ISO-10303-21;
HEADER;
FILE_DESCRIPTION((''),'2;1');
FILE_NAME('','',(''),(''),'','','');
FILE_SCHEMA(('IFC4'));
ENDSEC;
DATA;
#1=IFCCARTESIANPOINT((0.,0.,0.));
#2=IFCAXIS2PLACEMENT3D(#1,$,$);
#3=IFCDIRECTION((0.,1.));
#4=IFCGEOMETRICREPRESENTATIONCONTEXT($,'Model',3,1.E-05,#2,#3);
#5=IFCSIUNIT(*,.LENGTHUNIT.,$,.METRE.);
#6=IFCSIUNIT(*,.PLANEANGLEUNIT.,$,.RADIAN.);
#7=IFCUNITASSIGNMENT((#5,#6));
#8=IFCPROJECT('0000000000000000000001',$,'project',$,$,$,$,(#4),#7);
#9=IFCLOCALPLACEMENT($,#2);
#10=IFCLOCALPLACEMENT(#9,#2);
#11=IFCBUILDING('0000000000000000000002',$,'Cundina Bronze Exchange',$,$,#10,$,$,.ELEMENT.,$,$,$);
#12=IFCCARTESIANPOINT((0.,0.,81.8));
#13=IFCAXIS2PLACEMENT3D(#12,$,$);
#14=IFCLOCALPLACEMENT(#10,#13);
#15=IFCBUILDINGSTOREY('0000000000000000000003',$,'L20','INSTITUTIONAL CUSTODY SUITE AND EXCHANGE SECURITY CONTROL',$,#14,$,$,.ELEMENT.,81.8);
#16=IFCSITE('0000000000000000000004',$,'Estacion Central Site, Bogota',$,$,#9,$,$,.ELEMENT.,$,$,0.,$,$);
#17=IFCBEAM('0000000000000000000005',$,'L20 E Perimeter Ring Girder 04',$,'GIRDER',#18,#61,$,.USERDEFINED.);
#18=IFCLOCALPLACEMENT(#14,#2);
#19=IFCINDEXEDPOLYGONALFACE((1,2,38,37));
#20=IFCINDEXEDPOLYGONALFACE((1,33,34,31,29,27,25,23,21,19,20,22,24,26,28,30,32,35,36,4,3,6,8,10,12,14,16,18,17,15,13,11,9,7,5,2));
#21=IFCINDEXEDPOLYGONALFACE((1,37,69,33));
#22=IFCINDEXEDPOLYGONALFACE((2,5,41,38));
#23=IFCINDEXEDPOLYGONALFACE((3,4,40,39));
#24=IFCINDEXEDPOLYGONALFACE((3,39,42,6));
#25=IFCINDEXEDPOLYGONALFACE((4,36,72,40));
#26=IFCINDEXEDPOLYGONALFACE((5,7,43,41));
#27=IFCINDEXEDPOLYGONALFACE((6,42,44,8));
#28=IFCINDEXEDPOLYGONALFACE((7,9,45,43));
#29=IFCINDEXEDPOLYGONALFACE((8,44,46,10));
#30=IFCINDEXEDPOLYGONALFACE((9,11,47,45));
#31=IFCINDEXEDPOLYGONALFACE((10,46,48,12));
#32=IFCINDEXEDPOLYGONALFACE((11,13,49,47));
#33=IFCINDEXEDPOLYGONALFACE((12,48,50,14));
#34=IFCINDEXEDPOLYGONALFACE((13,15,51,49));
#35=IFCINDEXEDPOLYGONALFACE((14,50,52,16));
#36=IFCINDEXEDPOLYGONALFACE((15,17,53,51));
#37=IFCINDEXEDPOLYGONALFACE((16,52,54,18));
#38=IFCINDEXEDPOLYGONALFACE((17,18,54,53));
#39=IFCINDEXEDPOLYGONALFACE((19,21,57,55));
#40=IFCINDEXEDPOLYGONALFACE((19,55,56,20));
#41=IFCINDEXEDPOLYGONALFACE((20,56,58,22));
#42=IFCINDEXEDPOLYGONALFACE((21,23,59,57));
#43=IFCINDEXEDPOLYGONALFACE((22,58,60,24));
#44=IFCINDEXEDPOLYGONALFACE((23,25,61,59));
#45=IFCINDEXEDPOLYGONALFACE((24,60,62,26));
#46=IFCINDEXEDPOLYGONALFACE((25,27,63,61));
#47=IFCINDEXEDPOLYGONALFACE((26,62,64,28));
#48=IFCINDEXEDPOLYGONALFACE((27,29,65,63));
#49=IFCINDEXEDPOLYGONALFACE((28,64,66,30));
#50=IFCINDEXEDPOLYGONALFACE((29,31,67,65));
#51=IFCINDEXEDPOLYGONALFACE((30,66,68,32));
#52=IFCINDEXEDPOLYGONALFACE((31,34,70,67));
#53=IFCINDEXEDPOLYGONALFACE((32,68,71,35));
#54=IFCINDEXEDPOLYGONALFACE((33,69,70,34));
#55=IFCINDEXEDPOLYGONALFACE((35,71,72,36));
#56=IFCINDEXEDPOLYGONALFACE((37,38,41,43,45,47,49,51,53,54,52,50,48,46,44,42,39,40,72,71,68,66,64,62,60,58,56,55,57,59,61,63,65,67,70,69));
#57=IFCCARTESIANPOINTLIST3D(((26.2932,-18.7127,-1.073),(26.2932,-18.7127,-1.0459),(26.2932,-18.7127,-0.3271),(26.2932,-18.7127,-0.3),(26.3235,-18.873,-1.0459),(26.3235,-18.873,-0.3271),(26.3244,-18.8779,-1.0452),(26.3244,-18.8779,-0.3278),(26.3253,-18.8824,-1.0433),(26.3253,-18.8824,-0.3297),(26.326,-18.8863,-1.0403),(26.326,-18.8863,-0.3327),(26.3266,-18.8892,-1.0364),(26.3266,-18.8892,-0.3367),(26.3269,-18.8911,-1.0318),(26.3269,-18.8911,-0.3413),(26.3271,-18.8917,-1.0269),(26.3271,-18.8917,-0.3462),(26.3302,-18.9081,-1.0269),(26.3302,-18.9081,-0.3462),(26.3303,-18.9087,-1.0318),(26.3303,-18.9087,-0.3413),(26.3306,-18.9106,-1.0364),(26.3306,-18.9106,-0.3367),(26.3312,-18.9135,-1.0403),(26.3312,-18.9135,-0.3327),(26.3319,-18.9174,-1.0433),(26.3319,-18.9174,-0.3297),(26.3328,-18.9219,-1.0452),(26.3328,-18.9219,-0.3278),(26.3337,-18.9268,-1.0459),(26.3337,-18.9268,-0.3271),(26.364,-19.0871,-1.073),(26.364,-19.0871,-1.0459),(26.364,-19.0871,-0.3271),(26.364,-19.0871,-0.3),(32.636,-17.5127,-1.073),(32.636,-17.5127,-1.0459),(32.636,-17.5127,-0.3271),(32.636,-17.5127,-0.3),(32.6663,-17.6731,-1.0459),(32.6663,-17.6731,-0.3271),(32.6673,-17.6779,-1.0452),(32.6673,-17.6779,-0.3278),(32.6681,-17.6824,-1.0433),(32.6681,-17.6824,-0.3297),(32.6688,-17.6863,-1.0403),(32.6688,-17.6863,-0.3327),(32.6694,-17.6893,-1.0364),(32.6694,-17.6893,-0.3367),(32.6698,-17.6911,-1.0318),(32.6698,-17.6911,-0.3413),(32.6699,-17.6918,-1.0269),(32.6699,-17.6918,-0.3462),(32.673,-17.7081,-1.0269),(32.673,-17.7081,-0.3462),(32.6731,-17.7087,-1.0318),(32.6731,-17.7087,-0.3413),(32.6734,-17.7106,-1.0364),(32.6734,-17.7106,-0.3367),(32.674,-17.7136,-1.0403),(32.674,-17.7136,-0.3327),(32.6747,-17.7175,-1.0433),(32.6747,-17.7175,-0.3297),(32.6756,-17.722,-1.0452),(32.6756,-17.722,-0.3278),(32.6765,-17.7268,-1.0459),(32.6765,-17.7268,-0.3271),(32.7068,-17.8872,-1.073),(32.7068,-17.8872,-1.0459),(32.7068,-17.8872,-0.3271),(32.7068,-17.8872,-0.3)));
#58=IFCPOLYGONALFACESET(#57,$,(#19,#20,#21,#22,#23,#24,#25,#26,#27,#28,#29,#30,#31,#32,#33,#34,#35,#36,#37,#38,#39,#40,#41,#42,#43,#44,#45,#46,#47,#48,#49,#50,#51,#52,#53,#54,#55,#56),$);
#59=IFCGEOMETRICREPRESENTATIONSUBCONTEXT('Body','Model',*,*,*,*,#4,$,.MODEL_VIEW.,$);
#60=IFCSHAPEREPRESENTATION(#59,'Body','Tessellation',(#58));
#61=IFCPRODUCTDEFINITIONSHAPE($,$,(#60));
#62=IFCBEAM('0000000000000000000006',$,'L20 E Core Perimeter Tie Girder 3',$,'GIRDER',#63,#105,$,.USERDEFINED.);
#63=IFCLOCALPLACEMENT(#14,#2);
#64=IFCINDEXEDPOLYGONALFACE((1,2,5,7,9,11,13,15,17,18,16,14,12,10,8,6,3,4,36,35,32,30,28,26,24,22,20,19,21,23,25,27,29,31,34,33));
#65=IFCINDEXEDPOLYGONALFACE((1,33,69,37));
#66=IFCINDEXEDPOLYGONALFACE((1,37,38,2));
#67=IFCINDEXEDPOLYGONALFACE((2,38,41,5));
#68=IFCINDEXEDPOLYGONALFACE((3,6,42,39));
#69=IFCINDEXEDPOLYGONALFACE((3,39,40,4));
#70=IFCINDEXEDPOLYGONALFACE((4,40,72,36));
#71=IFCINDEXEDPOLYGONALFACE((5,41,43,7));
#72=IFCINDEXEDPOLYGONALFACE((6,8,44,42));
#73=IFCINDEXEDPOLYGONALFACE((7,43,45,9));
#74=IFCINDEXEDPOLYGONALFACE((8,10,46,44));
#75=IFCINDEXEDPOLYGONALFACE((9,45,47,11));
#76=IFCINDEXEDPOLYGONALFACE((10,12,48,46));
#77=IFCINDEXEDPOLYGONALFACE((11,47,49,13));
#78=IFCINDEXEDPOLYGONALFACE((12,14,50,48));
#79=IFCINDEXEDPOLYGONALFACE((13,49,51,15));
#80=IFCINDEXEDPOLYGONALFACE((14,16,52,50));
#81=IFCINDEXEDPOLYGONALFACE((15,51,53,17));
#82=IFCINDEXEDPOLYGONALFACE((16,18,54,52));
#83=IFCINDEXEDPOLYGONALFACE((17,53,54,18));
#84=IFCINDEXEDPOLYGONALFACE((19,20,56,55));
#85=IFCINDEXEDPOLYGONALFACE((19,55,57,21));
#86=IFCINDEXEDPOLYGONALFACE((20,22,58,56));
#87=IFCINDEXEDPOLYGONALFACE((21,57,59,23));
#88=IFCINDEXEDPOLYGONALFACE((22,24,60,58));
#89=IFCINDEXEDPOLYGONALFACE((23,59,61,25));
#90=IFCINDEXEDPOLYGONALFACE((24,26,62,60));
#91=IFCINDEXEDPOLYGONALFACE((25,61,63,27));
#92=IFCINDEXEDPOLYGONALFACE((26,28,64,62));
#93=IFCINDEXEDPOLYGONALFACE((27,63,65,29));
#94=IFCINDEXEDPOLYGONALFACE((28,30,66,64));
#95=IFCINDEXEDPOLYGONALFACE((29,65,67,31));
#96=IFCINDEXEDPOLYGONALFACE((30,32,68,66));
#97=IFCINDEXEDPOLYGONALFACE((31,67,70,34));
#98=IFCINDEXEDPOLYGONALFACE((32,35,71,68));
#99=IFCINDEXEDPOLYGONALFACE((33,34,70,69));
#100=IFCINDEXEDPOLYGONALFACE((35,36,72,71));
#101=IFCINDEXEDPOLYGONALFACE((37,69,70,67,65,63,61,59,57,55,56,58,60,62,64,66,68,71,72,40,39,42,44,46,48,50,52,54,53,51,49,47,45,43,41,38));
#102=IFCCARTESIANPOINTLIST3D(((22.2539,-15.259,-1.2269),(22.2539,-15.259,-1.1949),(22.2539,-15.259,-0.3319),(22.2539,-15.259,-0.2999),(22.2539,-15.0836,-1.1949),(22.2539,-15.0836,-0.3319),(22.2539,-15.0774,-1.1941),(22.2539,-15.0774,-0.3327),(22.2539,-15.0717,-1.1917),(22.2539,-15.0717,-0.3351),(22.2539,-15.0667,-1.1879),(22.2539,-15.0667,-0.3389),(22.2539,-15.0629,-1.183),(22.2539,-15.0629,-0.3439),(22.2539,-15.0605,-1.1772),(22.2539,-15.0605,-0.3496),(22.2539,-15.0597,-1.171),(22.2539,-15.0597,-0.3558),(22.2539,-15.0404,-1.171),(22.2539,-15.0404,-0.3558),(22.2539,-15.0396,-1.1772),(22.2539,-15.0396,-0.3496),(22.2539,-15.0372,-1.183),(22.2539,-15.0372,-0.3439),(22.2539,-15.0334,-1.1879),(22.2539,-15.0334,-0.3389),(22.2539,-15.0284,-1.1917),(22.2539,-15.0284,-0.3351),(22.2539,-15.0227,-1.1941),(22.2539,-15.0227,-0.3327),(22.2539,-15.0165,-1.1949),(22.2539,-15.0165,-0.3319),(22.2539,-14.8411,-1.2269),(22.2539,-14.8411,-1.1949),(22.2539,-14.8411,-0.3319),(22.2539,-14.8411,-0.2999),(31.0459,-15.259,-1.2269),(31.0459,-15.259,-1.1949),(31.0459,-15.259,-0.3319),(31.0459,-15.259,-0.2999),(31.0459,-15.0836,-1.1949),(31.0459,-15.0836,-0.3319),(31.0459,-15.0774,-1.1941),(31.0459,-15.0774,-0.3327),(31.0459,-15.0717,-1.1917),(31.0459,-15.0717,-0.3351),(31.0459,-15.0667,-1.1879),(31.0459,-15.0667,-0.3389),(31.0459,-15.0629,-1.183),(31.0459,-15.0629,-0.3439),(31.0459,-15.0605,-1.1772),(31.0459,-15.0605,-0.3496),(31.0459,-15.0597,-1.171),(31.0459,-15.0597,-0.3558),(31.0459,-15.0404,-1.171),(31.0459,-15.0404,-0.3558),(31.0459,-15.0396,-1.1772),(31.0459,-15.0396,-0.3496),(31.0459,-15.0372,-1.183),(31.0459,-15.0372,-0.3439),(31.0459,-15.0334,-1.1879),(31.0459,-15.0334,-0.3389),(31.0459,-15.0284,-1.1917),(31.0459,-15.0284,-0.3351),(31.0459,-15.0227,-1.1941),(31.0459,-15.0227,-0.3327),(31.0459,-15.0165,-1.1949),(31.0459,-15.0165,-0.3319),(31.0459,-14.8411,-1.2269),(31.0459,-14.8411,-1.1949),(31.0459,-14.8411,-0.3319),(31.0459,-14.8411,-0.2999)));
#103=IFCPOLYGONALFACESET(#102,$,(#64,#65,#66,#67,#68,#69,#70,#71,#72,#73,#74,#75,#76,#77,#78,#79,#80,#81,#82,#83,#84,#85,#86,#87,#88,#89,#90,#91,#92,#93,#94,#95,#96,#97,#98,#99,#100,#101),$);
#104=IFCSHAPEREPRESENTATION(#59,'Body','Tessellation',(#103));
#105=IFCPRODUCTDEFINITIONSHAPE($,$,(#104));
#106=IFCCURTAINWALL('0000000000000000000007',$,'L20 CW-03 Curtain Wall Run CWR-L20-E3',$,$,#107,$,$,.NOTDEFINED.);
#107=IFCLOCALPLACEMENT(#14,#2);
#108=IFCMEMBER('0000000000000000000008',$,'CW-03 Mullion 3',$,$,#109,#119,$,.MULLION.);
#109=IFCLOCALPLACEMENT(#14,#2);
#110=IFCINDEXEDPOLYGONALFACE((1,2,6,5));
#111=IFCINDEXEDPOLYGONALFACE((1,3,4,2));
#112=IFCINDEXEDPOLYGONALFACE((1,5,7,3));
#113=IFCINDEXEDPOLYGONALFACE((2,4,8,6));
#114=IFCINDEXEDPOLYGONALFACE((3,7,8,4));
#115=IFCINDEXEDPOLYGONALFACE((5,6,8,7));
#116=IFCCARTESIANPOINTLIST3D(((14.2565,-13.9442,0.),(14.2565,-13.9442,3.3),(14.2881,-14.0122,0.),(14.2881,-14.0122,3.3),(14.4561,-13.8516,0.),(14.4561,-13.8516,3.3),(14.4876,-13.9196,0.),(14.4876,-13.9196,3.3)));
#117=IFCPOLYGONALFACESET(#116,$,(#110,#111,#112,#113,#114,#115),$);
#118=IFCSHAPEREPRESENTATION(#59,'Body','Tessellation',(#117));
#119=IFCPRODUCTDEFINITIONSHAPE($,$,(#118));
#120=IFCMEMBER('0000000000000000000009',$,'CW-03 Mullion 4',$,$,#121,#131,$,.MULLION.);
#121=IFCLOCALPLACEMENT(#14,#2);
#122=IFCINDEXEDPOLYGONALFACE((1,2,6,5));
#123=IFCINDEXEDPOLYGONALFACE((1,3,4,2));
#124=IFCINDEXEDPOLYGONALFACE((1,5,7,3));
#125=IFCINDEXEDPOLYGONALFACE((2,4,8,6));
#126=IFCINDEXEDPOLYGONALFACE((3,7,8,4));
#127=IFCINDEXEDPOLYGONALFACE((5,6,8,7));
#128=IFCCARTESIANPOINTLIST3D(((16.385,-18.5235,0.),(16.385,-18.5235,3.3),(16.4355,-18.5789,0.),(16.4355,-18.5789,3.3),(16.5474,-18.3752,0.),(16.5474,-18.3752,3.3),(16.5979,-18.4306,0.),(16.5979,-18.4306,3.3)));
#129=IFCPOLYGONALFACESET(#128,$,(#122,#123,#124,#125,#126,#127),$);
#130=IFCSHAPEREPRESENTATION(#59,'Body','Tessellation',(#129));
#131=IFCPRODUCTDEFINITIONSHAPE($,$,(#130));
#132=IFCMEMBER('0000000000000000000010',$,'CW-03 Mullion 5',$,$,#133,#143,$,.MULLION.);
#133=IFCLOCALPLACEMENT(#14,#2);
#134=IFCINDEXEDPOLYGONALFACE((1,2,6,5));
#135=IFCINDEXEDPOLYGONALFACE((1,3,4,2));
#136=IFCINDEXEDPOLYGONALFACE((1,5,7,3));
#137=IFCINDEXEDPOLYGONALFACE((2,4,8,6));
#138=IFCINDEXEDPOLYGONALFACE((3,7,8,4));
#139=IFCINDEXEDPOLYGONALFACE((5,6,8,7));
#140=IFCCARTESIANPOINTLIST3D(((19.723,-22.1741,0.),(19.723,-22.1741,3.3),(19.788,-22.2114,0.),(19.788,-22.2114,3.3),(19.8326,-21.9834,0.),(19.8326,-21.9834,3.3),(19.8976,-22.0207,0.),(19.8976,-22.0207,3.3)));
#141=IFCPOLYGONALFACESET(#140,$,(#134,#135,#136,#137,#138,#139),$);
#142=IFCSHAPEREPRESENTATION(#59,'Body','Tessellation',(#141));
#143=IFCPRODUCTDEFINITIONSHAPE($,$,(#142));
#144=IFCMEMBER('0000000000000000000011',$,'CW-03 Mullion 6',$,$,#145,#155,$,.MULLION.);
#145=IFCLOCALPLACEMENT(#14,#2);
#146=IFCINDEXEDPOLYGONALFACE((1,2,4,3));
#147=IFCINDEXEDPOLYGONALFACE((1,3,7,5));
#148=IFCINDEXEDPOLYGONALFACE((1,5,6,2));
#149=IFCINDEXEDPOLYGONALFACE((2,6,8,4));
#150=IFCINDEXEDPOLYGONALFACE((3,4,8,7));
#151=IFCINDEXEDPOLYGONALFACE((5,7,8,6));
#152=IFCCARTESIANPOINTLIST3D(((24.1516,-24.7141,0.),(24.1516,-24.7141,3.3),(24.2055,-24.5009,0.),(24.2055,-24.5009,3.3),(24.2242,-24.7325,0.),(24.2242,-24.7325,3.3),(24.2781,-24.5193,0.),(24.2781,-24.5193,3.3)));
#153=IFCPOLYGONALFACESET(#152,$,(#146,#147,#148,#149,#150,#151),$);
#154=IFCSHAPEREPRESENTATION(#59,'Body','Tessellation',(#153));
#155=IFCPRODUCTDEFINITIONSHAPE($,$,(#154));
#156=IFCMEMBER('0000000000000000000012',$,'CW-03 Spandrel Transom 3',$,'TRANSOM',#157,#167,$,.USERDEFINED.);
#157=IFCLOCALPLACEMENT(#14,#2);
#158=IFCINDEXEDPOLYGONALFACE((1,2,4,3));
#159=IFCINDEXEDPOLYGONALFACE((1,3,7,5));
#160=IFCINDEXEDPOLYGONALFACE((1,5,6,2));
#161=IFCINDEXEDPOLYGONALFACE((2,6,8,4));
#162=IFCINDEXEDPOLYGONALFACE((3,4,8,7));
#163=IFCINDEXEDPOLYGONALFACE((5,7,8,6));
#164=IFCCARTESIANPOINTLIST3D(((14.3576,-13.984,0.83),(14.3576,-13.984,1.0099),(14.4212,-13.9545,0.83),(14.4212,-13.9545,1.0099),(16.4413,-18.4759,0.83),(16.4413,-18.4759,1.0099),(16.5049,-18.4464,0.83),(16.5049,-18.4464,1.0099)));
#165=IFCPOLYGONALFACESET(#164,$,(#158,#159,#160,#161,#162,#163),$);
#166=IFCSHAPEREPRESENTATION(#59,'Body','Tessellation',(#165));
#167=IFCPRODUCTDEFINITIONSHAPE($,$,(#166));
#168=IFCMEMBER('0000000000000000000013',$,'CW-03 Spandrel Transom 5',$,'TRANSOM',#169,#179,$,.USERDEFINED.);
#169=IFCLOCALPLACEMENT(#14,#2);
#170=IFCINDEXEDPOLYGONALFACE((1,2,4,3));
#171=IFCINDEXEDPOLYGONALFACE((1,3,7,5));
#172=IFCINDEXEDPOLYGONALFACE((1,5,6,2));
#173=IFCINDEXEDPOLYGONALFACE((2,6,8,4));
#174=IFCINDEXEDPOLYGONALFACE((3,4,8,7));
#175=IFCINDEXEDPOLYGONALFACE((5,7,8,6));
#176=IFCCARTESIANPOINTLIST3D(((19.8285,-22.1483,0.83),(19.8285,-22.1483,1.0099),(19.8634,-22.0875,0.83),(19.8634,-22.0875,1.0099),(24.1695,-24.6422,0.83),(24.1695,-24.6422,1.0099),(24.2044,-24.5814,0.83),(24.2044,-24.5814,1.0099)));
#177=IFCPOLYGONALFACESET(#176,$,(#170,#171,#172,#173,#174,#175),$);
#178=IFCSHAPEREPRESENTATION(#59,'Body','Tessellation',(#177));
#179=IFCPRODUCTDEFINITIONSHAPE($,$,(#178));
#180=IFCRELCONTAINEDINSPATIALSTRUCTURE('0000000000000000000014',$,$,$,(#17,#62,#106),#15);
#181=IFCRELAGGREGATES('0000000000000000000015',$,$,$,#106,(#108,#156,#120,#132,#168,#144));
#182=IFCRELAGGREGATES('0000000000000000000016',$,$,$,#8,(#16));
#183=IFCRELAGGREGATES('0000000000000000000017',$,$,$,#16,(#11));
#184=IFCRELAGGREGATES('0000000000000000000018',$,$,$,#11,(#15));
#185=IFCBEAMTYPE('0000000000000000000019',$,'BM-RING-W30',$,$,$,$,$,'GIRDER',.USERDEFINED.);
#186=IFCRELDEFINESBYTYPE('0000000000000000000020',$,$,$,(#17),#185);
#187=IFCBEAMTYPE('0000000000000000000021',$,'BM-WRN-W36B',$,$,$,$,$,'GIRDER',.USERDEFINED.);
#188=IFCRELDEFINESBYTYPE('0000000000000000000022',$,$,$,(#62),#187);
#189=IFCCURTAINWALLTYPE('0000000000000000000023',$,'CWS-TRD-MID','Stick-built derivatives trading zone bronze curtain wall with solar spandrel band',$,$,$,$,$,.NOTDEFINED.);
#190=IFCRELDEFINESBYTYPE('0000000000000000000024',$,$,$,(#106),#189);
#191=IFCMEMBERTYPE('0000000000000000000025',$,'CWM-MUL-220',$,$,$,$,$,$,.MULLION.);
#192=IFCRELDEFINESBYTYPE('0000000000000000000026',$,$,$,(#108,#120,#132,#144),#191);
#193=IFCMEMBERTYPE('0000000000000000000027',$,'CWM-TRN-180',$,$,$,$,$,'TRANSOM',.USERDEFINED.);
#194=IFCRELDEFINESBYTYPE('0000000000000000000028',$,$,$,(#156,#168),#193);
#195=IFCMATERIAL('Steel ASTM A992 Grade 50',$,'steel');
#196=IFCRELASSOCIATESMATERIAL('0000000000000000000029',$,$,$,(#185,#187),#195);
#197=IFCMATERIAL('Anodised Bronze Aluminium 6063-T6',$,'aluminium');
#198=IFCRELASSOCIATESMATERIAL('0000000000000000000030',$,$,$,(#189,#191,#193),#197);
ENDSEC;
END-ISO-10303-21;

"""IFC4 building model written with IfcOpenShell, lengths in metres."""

from ifc_helpers import new_model, si_unit, direction, frame, origin, origin_2d, place, context, subcontext, project, spatial, rectangle, i_section, extrude, material, material_profile, profile_set, type_object, element, aggregate, save


model = new_model("IFC4")

# Units and contexts
model_context = context("Model", 3, precision=1e-05, world=origin(), true_north=direction((0.0, 1.0)))
body_context = subcontext(model_context, "Body", "Model", "MODEL_VIEW")
ifc_project = project(units=[si_unit("LENGTHUNIT", "METRE"), si_unit("PLANEANGLEUNIT", "RADIAN")], contexts=[model_context])

# Site, building, storey
site_placement = place(None, origin())
site = spatial("IfcSite", under=ifc_project, at=site_placement, Name="Estacion Central Site, Bogota", CompositionType="ELEMENT", RefElevation=0.0)
building_placement = place(site_placement, origin())
building = spatial("IfcBuilding", under=site, at=building_placement, Name="Cundina Bronze Exchange", CompositionType="ELEMENT")
storey_placement = place(building_placement, frame((0.0, 0.0, 81.8)))
storey = spatial("IfcBuildingStorey", under=building, at=storey_placement, Name="L20", Description="INSTITUTIONAL CUSTODY SUITE AND EXCHANGE SECURITY CONTROL", CompositionType="ELEMENT", Elevation=81.8)

# Shared definitions
ifc_material_1 = material(Name="Steel ASTM A992 Grade 50", Category="steel")

# Beams
ifc_material_profile_1 = material_profile(ifc_material_1, i_section(OverallWidth=0.3811, OverallDepth=0.7729, WebThickness=0.0166, FlangeThickness=0.0271, FilletRadius=0.019, at=origin_2d()), Name="W30X173", Category="steel")
ifc_profile_set_1 = profile_set([ifc_material_profile_1], Name="Steel ASTM A992 Grade 50")
beam_type_1 = type_object("IfcBeamType", Name="BM-RING-W30", ElementType="GIRDER", PredefinedType="USERDEFINED", material=ifc_profile_set_1)
beam_1_placement = place(storey_placement, frame((26.3286, -18.8999, -0.6865), z_axis=(0.982571, 0.185887, 0.0), x_axis=(-0.185887, 0.982571, 0.0)))
element("IfcBeam", 1, at=beam_1_placement, inside=storey, type_object=beam_type_1, Name="L20 E Perimeter Ring Girder 04", ObjectType="GIRDER", PredefinedType="USERDEFINED", context=body_context, shape_type="SweptSolid", body=[
    extrude(i_section(OverallWidth=0.3811, OverallDepth=0.7729, WebThickness=0.0166, FlangeThickness=0.0271, FilletRadius=0.019, at=origin_2d()), origin(), (0.0, 0.0, 1.0), 6.4553),
])
ifc_material_profile_2 = material_profile(ifc_material_1, i_section(OverallWidth=0.418, OverallDepth=0.927, WebThickness=0.0193, FlangeThickness=0.032, FilletRadius=0.0239, at=origin_2d()), Name="W36X231", Category="steel")
ifc_profile_set_2 = profile_set([ifc_material_profile_2], Name="Steel ASTM A992 Grade 50")
beam_type_2 = type_object("IfcBeamType", Name="BM-WRN-W36B", ElementType="GIRDER", PredefinedType="USERDEFINED", material=ifc_profile_set_2)
beam_2_placement = place(storey_placement, frame((22.2539, -15.05, -0.7634), z_axis=(1.0, 0.0, 0.0), x_axis=(0.0, 1.0, 0.0)))
element("IfcBeam", 2, at=beam_2_placement, inside=storey, type_object=beam_type_2, Name="L20 E Core Perimeter Tie Girder 3", ObjectType="GIRDER", PredefinedType="USERDEFINED", context=body_context, shape_type="SweptSolid", body=[
    extrude(i_section(OverallWidth=0.418, OverallDepth=0.927, WebThickness=0.0193, FlangeThickness=0.032, FilletRadius=0.0239, at=origin_2d()), origin(), (0.0, 0.0, 1.0), 8.792),
])

# Curtain wall, members
ifc_material_2 = material(Name="Anodised Bronze Aluminium 6063-T6", Category="aluminium")
curtain_wall_type = type_object("IfcCurtainWallType", Name="CWS-TRD-MID", Description="Stick-built derivatives trading zone bronze curtain wall with solar spandrel band", PredefinedType="NOTDEFINED", material=ifc_material_2)
curtain_wall_placement = place(storey_placement, origin())
curtain_wall = element("IfcCurtainWall", 3, at=curtain_wall_placement, inside=storey, type_object=curtain_wall_type, Name="L20 CW-03 Curtain Wall Run CWR-L20-E3", PredefinedType="NOTDEFINED")
ifc_material_profile_3 = material_profile(ifc_material_2, rectangle(XDim=0.075, YDim=0.22, at=origin_2d()), Name="AL75X220", Category="aluminium")
ifc_profile_set_3 = profile_set([ifc_material_profile_3], Name="Anodised Bronze Aluminium 6063-T6")
member_type_1 = type_object("IfcMemberType", Name="CWM-MUL-220", PredefinedType="MULLION", material=ifc_profile_set_3)
member_1_placement = place(storey_placement, frame((14.3721, -13.9319, 0.0), z_axis=(0.0, 0.0, 1.0), x_axis=(0.420877, -0.907117, 0.0)))
member_1 = element("IfcMember", 4, at=member_1_placement, type_object=member_type_1, Name="CW-03 Mullion 3", PredefinedType="MULLION", context=body_context, shape_type="SweptSolid", body=[
    extrude(rectangle(XDim=0.075, YDim=0.22, at=origin_2d()), origin(), (0.0, 0.0, 1.0), 3.3),
])
member_2_placement = place(storey_placement, frame((16.4915, -18.4771, 0.0), z_axis=(0.0, 0.0, 1.0), x_axis=(0.674302, -0.738455, 0.0)))
member_2 = element("IfcMember", 5, at=member_2_placement, type_object=member_type_1, Name="CW-03 Mullion 4", PredefinedType="MULLION", context=body_context, shape_type="SweptSolid", body=[
    extrude(rectangle(XDim=0.075, YDim=0.22, at=origin_2d()), origin(), (0.0, 0.0, 1.0), 3.3),
])
member_3_placement = place(storey_placement, frame((19.8103, -22.0974, 0.0), z_axis=(0.0, 0.0, 1.0), x_axis=(0.867071, -0.498185, 0.0)))
member_3 = element("IfcMember", 6, at=member_3_placement, type_object=member_type_1, Name="CW-03 Mullion 5", PredefinedType="MULLION", context=body_context, shape_type="SweptSolid", body=[
    extrude(rectangle(XDim=0.075, YDim=0.22, at=origin_2d()), origin(), (0.0, 0.0, 1.0), 3.3),
])
member_4_placement = place(storey_placement, frame((24.2148, -24.6167, 0.0), z_axis=(0.0, 0.0, 1.0), x_axis=(0.969488, -0.245138, 0.0)))
member_4 = element("IfcMember", 7, at=member_4_placement, type_object=member_type_1, Name="CW-03 Mullion 6", PredefinedType="MULLION", context=body_context, shape_type="SweptSolid", body=[
    extrude(rectangle(XDim=0.075, YDim=0.22, at=origin_2d()), origin(), (0.0, 0.0, 1.0), 3.3),
])
ifc_material_profile_4 = material_profile(ifc_material_2, rectangle(XDim=0.0701, YDim=0.1799, at=origin_2d()), Name="AL70X180", Category="aluminium")
ifc_profile_set_4 = profile_set([ifc_material_profile_4], Name="Anodised Bronze Aluminium 6063-T6")
member_type_2 = type_object("IfcMemberType", Name="CWM-TRN-180", ElementType="TRANSOM", PredefinedType="USERDEFINED", material=ifc_profile_set_4)
member_5_placement = place(storey_placement, frame((14.3894, -13.9692, 0.9199), z_axis=(0.420811, -0.907148, 0.0), x_axis=(0.907148, 0.420811, 0.0)))
member_5 = element("IfcMember", 8, at=member_5_placement, type_object=member_type_2, Name="CW-03 Spandrel Transom 3", ObjectType="TRANSOM", PredefinedType="USERDEFINED", context=body_context, shape_type="SweptSolid", body=[
    extrude(rectangle(XDim=0.0701, YDim=0.1799, at=origin_2d()), origin(), (0.0, 0.0, 1.0), 4.9517),
])
member_6_placement = place(storey_placement, frame((19.8459, -22.1179, 0.9199), z_axis=(0.867097, -0.498139, 0.0), x_axis=(0.498139, 0.867097, 0.0)))
member_6 = element("IfcMember", 9, at=member_6_placement, type_object=member_type_2, Name="CW-03 Spandrel Transom 5", ObjectType="TRANSOM", PredefinedType="USERDEFINED", context=body_context, shape_type="SweptSolid", body=[
    extrude(rectangle(XDim=0.0701, YDim=0.1799, at=origin_2d()), origin(), (0.0, 0.0, 1.0), 5.0063),
])
aggregate(curtain_wall, [member_1, member_5, member_2, member_3, member_6, member_4])

save(model, "model.ifc")
